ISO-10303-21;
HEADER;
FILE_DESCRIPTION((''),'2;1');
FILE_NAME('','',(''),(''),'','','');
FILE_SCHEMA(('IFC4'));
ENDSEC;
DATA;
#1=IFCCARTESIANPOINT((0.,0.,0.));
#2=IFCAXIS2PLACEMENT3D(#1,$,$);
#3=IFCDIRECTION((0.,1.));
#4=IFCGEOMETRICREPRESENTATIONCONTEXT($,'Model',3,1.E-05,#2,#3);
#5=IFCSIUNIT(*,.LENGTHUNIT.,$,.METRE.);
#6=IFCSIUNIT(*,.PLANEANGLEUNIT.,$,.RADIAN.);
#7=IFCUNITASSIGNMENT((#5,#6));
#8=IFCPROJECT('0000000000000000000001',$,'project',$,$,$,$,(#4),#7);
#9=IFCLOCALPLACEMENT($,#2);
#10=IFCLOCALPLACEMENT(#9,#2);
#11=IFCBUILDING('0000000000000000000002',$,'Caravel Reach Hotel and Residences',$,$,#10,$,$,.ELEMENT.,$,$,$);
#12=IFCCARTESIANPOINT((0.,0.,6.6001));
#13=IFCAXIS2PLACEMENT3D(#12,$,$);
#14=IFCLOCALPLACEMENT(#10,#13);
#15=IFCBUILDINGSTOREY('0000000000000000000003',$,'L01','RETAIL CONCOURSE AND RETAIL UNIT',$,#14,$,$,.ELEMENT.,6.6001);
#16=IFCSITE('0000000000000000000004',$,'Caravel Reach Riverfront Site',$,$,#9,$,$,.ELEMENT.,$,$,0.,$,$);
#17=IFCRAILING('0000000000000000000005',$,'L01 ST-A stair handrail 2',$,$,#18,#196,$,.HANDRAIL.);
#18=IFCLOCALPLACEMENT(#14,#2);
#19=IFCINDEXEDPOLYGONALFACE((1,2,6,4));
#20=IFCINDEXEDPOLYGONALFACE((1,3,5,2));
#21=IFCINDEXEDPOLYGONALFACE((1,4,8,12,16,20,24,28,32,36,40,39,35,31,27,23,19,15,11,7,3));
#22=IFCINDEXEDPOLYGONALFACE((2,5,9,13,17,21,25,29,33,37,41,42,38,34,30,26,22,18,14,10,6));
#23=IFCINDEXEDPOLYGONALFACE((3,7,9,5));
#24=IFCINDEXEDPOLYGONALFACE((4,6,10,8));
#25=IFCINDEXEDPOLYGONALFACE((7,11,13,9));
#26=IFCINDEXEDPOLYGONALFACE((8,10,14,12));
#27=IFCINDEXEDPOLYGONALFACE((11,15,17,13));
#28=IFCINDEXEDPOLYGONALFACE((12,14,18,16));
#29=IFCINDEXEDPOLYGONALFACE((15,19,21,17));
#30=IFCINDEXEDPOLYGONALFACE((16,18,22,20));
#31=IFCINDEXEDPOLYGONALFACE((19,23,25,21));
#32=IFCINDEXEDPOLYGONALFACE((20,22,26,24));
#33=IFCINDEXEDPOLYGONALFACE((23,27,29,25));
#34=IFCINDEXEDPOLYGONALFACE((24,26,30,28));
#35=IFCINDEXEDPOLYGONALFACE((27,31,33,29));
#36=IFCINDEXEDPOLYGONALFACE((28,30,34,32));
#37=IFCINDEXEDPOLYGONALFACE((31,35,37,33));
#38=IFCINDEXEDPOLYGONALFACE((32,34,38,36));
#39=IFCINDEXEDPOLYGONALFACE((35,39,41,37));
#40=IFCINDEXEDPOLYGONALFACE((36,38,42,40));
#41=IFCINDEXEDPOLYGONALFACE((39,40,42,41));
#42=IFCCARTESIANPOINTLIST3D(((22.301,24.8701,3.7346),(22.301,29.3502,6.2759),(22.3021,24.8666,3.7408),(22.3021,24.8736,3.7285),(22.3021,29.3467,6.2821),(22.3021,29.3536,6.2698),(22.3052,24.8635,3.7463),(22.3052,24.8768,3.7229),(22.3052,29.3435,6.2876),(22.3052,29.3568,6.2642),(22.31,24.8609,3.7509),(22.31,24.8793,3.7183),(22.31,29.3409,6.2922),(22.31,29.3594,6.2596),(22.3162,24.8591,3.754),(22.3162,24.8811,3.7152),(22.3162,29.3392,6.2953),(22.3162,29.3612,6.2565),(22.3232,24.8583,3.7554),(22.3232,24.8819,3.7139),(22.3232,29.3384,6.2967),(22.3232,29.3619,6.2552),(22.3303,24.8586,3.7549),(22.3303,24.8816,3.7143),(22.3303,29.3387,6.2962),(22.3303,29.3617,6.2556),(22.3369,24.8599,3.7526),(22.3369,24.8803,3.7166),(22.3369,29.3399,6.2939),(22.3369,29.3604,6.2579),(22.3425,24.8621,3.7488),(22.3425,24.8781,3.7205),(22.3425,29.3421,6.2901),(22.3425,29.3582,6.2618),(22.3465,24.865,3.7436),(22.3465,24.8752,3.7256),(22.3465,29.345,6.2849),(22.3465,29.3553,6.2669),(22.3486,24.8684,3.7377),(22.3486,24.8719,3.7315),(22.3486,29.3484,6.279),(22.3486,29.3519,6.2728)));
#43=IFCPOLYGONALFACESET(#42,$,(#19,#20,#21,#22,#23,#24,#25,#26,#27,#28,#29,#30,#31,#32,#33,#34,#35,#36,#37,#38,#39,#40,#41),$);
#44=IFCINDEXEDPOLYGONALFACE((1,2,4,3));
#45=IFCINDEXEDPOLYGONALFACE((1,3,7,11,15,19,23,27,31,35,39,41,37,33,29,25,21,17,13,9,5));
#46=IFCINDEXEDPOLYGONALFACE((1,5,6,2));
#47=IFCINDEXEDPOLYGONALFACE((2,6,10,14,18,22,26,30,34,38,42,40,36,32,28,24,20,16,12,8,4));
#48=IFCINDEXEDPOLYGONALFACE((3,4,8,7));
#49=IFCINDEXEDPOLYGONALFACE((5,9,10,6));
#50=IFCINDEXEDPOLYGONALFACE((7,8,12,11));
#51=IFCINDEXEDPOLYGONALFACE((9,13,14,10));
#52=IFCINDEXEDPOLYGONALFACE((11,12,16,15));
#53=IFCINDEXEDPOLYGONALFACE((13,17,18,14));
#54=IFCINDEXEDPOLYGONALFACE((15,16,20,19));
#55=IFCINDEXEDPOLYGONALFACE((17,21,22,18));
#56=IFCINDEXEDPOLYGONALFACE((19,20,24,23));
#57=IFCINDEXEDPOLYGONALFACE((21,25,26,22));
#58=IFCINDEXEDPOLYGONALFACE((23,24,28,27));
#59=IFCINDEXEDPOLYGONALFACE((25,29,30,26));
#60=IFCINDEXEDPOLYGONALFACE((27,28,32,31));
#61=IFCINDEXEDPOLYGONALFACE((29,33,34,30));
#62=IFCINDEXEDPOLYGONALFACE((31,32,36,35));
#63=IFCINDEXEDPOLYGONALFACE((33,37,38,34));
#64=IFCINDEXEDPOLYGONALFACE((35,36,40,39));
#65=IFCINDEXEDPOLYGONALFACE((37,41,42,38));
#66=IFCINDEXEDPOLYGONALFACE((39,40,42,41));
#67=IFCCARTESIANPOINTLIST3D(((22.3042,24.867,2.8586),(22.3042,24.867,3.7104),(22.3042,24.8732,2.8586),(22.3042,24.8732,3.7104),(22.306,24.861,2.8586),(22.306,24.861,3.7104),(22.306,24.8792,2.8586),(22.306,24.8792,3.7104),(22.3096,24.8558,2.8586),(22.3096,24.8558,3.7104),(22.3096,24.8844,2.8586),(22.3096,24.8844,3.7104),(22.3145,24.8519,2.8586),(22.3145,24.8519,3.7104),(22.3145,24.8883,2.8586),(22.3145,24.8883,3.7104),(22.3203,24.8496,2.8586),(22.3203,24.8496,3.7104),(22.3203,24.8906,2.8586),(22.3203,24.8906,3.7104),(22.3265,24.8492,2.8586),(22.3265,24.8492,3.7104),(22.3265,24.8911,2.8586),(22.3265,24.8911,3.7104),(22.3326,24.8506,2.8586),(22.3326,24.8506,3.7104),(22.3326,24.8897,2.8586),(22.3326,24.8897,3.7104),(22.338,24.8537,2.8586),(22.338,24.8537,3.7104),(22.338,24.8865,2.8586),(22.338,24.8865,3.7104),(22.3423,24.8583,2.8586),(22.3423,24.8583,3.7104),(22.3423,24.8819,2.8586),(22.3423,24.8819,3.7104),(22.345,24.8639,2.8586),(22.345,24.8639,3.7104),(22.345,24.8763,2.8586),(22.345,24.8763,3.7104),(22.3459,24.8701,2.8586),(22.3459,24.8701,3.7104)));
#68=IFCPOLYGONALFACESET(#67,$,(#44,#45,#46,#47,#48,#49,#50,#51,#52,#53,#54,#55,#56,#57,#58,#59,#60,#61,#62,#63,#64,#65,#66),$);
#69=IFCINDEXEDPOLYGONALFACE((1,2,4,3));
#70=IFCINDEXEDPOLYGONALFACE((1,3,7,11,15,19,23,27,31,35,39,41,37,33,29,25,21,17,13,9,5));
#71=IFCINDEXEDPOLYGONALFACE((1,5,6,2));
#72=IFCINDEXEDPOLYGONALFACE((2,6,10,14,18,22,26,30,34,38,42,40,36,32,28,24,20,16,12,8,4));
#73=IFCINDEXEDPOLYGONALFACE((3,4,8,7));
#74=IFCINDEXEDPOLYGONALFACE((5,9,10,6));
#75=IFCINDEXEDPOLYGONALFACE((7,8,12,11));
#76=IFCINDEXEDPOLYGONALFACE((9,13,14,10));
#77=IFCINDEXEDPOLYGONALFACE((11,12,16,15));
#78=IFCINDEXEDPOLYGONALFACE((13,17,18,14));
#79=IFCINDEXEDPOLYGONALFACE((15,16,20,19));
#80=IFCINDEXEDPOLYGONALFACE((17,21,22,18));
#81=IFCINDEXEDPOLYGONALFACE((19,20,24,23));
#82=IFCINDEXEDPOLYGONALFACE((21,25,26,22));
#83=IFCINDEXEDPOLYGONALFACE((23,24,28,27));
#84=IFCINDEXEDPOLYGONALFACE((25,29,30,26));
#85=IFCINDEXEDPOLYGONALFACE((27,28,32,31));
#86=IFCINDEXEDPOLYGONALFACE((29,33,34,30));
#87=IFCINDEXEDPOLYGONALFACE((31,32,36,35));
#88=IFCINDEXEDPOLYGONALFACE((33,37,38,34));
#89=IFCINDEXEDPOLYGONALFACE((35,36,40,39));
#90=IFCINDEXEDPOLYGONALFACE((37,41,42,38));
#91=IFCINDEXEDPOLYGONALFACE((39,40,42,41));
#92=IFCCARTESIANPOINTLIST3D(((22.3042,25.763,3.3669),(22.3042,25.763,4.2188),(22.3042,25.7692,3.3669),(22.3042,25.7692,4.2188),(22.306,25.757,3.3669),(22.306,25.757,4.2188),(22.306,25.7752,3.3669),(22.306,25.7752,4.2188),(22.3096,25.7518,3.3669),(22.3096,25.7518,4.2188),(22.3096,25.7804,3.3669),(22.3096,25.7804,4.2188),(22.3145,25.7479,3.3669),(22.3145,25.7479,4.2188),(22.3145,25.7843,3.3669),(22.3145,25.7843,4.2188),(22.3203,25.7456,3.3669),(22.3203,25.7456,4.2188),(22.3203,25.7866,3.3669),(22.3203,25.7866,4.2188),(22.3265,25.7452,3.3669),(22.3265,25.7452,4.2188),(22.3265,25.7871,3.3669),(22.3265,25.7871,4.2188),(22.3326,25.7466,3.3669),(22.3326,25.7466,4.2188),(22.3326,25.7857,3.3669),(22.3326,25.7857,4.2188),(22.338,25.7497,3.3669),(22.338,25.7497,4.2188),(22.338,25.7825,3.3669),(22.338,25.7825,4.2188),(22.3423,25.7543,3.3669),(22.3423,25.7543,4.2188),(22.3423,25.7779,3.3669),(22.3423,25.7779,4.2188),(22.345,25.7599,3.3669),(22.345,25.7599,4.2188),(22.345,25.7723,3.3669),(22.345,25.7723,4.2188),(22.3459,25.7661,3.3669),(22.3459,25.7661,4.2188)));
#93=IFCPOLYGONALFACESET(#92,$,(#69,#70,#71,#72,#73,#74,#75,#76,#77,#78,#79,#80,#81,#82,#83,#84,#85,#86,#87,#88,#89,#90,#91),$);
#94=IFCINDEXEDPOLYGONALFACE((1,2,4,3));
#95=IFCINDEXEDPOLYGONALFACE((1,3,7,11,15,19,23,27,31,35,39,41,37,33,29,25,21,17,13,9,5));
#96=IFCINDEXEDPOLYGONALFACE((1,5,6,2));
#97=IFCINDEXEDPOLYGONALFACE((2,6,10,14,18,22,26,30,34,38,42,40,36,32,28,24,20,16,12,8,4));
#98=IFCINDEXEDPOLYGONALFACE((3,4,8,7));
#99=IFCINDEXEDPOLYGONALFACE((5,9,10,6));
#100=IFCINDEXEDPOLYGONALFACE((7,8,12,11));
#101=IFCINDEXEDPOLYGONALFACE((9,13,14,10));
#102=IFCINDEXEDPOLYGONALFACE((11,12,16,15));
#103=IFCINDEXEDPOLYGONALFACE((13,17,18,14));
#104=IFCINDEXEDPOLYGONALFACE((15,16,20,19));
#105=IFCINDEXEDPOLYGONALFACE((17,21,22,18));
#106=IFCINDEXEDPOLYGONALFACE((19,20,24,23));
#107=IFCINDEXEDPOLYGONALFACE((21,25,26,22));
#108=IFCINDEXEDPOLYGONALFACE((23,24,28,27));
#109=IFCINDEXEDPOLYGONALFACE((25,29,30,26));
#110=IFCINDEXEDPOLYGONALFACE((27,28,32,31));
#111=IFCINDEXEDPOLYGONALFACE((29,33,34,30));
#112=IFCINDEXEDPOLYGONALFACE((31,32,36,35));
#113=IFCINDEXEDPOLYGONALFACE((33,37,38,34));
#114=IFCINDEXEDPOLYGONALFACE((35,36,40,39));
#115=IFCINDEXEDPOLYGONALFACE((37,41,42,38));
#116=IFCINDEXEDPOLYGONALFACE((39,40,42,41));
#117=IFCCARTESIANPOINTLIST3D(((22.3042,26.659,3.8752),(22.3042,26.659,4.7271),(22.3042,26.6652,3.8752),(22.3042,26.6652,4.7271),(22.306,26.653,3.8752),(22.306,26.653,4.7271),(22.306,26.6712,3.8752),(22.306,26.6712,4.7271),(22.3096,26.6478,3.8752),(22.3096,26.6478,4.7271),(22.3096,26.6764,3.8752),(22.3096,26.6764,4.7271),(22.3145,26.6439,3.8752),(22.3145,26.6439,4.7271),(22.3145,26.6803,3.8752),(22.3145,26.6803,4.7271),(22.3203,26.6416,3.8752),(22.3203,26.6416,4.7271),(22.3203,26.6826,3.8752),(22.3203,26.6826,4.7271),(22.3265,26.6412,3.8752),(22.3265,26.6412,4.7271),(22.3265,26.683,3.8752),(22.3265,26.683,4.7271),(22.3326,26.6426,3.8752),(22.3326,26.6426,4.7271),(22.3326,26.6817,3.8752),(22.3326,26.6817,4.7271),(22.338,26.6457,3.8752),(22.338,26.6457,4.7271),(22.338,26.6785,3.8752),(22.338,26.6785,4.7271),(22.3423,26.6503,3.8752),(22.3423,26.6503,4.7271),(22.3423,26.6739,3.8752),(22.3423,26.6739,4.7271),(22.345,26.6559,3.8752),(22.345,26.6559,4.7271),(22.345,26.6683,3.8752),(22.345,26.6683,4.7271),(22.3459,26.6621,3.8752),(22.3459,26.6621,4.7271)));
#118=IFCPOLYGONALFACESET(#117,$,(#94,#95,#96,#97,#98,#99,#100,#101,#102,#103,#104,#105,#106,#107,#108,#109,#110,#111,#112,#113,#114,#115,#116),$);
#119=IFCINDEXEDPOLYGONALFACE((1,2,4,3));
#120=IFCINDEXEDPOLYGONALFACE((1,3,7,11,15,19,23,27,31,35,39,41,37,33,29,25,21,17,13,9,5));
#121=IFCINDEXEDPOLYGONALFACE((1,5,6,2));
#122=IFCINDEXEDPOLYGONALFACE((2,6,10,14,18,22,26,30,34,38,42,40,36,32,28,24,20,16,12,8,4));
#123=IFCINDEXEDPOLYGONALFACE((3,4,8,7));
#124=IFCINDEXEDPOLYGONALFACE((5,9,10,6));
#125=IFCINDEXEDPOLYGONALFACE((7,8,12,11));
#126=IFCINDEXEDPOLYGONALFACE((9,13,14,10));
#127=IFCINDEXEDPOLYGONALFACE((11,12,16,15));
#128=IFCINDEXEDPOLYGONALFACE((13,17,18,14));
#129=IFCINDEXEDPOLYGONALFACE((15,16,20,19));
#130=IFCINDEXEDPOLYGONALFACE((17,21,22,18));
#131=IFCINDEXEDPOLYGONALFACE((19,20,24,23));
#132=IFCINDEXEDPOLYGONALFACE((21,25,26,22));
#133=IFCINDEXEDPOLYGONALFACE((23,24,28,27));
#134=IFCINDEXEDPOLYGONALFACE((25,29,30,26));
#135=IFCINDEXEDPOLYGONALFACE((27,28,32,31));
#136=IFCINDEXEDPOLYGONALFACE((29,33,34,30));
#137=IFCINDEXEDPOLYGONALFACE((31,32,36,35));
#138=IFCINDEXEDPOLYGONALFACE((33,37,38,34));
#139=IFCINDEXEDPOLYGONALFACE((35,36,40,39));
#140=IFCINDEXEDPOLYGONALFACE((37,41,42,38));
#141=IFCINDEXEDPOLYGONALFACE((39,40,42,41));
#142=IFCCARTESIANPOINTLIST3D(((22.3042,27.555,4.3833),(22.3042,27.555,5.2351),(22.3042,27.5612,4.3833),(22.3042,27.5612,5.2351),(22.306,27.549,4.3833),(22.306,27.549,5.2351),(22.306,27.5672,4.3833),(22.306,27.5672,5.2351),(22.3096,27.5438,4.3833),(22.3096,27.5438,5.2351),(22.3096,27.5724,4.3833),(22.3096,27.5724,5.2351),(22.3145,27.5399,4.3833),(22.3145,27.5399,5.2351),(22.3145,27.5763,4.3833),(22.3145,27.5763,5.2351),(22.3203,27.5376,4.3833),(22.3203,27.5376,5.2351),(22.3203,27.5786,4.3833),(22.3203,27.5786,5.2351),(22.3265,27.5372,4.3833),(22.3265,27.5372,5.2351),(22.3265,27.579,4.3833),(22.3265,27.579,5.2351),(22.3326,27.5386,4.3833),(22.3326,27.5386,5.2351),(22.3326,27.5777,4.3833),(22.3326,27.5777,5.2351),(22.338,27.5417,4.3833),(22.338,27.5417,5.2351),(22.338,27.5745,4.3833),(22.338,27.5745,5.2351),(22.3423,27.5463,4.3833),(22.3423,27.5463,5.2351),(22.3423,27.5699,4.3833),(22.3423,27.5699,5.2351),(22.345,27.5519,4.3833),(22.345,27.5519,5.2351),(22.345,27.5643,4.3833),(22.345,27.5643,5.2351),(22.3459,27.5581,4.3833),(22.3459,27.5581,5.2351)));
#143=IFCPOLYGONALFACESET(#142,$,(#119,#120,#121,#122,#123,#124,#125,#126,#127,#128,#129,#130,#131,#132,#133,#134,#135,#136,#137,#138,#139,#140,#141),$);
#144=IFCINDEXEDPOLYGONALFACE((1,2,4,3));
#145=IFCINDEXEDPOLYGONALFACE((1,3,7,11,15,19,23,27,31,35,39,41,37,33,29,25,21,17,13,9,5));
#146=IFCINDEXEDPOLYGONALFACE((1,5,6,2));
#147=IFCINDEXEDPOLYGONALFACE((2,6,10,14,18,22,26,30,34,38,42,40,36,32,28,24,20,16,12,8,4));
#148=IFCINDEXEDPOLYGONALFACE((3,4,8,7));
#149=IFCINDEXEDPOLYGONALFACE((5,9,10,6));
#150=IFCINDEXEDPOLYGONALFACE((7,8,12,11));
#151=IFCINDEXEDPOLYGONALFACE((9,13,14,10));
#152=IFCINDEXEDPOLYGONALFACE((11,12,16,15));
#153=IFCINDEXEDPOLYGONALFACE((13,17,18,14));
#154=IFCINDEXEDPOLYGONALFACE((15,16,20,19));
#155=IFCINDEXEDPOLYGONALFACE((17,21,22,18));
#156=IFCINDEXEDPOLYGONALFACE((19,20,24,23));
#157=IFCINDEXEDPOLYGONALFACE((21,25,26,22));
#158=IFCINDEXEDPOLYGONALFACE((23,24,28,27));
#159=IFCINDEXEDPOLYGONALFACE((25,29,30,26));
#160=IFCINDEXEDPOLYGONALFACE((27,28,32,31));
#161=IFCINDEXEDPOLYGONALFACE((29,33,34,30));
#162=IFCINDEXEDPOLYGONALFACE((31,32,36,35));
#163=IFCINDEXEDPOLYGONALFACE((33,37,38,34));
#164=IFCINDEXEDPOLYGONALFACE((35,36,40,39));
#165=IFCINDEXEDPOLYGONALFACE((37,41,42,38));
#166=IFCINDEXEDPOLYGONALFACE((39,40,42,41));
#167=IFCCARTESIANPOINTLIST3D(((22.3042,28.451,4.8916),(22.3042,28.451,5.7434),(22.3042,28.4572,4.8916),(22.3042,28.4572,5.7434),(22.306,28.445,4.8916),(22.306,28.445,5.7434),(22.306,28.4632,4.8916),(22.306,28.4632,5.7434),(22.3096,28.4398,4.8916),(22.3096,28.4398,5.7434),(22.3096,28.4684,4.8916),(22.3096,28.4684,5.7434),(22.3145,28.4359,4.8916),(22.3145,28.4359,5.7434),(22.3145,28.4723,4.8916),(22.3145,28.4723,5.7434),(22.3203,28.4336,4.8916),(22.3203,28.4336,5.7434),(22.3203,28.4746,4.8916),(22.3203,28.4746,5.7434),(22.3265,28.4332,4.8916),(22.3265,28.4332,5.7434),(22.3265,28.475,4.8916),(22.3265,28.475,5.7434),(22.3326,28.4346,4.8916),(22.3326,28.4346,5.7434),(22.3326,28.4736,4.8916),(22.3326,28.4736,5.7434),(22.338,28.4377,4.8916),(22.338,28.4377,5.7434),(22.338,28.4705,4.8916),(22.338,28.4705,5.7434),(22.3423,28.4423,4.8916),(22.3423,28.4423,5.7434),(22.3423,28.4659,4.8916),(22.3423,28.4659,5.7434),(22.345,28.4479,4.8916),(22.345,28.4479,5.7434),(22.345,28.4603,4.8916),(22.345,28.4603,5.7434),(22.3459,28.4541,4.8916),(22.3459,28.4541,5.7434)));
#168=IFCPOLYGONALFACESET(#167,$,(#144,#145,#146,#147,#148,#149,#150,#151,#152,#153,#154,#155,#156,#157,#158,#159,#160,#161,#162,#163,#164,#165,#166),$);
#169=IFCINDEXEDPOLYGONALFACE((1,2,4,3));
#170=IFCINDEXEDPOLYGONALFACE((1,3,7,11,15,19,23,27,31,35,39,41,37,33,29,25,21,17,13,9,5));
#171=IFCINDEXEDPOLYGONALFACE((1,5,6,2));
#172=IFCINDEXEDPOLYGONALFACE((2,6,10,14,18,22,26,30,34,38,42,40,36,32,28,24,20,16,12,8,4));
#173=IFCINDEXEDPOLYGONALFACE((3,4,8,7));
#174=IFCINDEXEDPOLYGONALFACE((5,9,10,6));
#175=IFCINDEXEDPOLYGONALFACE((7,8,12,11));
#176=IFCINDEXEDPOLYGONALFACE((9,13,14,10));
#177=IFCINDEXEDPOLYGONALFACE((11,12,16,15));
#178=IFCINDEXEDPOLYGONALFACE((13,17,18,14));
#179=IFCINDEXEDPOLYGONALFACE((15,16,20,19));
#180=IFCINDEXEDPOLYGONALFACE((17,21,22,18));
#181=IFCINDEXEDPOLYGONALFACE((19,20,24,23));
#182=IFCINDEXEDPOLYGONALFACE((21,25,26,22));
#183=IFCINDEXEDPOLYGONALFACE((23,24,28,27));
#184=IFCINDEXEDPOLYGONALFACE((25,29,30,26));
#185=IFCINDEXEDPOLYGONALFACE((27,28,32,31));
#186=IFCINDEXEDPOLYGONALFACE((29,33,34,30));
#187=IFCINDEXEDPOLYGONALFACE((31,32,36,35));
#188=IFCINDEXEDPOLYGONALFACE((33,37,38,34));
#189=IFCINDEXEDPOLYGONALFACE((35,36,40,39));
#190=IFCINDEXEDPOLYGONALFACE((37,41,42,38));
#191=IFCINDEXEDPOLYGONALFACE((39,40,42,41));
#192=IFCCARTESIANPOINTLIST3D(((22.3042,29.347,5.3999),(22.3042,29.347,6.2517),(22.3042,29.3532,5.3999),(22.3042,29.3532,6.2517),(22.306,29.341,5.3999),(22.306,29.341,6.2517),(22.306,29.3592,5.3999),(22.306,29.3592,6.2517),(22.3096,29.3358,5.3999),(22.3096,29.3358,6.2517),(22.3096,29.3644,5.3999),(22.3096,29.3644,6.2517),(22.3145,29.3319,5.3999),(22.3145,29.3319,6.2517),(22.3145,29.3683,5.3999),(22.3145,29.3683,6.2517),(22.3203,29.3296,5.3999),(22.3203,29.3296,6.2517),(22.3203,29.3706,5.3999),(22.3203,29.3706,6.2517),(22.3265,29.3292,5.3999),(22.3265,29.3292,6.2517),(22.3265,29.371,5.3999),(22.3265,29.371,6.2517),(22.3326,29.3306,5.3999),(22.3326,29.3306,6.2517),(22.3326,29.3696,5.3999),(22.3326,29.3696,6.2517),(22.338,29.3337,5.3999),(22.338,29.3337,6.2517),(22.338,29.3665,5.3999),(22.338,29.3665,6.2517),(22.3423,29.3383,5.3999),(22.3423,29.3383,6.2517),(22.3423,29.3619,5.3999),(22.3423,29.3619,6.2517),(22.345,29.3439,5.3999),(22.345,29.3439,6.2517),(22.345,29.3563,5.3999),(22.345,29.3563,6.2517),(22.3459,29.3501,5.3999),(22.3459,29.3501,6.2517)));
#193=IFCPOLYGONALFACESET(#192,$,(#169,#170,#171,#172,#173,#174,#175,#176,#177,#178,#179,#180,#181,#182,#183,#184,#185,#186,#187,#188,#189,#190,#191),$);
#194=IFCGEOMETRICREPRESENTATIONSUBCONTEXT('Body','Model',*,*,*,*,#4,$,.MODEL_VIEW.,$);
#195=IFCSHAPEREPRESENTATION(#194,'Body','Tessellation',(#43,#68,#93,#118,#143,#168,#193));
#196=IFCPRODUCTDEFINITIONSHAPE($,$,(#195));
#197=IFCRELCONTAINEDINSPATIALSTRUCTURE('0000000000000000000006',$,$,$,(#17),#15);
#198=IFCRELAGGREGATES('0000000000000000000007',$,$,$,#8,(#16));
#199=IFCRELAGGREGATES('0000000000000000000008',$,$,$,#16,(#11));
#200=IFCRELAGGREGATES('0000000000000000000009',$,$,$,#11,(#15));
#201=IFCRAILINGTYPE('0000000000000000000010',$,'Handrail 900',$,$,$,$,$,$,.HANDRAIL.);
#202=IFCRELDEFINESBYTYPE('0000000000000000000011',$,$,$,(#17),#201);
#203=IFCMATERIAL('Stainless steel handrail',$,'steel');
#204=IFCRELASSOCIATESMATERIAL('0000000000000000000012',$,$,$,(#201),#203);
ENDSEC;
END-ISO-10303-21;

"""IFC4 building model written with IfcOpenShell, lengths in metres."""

from ifc_helpers import new_model, si_unit, direction, frame, origin, origin_2d, place, context, subcontext, project, spatial, circle, extrude, material, type_object, element, save


model = new_model("IFC4")

# Units and contexts
model_context = context("Model", 3, precision=1e-05, world=origin(), true_north=direction((0.0, 1.0)))
body_context = subcontext(model_context, "Body", "Model", "MODEL_VIEW")
ifc_project = project(units=[si_unit("LENGTHUNIT", "METRE"), si_unit("PLANEANGLEUNIT", "RADIAN")], contexts=[model_context])

# Site, building, storey
site_placement = place(None, origin())
site = spatial("IfcSite", under=ifc_project, at=site_placement, Name="Caravel Reach Riverfront Site", CompositionType="ELEMENT", RefElevation=0.0)
building_placement = place(site_placement, origin())
building = spatial("IfcBuilding", under=site, at=building_placement, Name="Caravel Reach Hotel and Residences", CompositionType="ELEMENT")
storey_placement = place(building_placement, frame((0.0, 0.0, 6.6001)))
storey = spatial("IfcBuildingStorey", under=building, at=storey_placement, Name="L01", Description="RETAIL CONCOURSE AND RETAIL UNIT", CompositionType="ELEMENT", Elevation=6.6001)

# Railing
ifc_material_1 = material(Name="Stainless steel handrail", Category="steel")
railing_type_1 = type_object("IfcRailingType", Name="Handrail 900", PredefinedType="HANDRAIL", material=ifc_material_1)
railing_1_placement = place(storey_placement, frame((22.325, 24.8701, 2.8586)))
element("IfcRailing", 1, at=railing_1_placement, inside=storey, type_object=railing_type_1, Name="L01 ST-A stair handrail 2", PredefinedType="HANDRAIL", context=body_context, shape_type="SweptSolid", body=[
    extrude(circle(Radius=0.0239, at=origin_2d()), frame((0.0, 0.0, 0.876), z_axis=(0.0, 0.869805, 0.493395), x_axis=(-1.0, 0.0, 0.0)), (0.0, 0.0, 1.0), 5.1506),
    extrude(circle(Radius=0.021, at=origin_2d()), origin(), (0.0, 0.0, 1.0), 0.8518),
    extrude(circle(Radius=0.021, at=origin_2d()), frame((0.0, 0.896, 0.5083)), (0.0, 0.0, 1.0), 0.8518),
    extrude(circle(Radius=0.021, at=origin_2d()), frame((0.0, 1.792, 1.0166)), (0.0, 0.0, 1.0), 0.8518),
    extrude(circle(Radius=0.021, at=origin_2d()), frame((0.0, 2.688, 1.5247)), (0.0, 0.0, 1.0), 0.8518),
    extrude(circle(Radius=0.021, at=origin_2d()), frame((0.0, 3.584, 2.033)), (0.0, 0.0, 1.0), 0.8518),
    extrude(circle(Radius=0.021, at=origin_2d()), frame((0.0, 4.48, 2.5413)), (0.0, 0.0, 1.0), 0.8518),
])

save(model, "model.ifc")
